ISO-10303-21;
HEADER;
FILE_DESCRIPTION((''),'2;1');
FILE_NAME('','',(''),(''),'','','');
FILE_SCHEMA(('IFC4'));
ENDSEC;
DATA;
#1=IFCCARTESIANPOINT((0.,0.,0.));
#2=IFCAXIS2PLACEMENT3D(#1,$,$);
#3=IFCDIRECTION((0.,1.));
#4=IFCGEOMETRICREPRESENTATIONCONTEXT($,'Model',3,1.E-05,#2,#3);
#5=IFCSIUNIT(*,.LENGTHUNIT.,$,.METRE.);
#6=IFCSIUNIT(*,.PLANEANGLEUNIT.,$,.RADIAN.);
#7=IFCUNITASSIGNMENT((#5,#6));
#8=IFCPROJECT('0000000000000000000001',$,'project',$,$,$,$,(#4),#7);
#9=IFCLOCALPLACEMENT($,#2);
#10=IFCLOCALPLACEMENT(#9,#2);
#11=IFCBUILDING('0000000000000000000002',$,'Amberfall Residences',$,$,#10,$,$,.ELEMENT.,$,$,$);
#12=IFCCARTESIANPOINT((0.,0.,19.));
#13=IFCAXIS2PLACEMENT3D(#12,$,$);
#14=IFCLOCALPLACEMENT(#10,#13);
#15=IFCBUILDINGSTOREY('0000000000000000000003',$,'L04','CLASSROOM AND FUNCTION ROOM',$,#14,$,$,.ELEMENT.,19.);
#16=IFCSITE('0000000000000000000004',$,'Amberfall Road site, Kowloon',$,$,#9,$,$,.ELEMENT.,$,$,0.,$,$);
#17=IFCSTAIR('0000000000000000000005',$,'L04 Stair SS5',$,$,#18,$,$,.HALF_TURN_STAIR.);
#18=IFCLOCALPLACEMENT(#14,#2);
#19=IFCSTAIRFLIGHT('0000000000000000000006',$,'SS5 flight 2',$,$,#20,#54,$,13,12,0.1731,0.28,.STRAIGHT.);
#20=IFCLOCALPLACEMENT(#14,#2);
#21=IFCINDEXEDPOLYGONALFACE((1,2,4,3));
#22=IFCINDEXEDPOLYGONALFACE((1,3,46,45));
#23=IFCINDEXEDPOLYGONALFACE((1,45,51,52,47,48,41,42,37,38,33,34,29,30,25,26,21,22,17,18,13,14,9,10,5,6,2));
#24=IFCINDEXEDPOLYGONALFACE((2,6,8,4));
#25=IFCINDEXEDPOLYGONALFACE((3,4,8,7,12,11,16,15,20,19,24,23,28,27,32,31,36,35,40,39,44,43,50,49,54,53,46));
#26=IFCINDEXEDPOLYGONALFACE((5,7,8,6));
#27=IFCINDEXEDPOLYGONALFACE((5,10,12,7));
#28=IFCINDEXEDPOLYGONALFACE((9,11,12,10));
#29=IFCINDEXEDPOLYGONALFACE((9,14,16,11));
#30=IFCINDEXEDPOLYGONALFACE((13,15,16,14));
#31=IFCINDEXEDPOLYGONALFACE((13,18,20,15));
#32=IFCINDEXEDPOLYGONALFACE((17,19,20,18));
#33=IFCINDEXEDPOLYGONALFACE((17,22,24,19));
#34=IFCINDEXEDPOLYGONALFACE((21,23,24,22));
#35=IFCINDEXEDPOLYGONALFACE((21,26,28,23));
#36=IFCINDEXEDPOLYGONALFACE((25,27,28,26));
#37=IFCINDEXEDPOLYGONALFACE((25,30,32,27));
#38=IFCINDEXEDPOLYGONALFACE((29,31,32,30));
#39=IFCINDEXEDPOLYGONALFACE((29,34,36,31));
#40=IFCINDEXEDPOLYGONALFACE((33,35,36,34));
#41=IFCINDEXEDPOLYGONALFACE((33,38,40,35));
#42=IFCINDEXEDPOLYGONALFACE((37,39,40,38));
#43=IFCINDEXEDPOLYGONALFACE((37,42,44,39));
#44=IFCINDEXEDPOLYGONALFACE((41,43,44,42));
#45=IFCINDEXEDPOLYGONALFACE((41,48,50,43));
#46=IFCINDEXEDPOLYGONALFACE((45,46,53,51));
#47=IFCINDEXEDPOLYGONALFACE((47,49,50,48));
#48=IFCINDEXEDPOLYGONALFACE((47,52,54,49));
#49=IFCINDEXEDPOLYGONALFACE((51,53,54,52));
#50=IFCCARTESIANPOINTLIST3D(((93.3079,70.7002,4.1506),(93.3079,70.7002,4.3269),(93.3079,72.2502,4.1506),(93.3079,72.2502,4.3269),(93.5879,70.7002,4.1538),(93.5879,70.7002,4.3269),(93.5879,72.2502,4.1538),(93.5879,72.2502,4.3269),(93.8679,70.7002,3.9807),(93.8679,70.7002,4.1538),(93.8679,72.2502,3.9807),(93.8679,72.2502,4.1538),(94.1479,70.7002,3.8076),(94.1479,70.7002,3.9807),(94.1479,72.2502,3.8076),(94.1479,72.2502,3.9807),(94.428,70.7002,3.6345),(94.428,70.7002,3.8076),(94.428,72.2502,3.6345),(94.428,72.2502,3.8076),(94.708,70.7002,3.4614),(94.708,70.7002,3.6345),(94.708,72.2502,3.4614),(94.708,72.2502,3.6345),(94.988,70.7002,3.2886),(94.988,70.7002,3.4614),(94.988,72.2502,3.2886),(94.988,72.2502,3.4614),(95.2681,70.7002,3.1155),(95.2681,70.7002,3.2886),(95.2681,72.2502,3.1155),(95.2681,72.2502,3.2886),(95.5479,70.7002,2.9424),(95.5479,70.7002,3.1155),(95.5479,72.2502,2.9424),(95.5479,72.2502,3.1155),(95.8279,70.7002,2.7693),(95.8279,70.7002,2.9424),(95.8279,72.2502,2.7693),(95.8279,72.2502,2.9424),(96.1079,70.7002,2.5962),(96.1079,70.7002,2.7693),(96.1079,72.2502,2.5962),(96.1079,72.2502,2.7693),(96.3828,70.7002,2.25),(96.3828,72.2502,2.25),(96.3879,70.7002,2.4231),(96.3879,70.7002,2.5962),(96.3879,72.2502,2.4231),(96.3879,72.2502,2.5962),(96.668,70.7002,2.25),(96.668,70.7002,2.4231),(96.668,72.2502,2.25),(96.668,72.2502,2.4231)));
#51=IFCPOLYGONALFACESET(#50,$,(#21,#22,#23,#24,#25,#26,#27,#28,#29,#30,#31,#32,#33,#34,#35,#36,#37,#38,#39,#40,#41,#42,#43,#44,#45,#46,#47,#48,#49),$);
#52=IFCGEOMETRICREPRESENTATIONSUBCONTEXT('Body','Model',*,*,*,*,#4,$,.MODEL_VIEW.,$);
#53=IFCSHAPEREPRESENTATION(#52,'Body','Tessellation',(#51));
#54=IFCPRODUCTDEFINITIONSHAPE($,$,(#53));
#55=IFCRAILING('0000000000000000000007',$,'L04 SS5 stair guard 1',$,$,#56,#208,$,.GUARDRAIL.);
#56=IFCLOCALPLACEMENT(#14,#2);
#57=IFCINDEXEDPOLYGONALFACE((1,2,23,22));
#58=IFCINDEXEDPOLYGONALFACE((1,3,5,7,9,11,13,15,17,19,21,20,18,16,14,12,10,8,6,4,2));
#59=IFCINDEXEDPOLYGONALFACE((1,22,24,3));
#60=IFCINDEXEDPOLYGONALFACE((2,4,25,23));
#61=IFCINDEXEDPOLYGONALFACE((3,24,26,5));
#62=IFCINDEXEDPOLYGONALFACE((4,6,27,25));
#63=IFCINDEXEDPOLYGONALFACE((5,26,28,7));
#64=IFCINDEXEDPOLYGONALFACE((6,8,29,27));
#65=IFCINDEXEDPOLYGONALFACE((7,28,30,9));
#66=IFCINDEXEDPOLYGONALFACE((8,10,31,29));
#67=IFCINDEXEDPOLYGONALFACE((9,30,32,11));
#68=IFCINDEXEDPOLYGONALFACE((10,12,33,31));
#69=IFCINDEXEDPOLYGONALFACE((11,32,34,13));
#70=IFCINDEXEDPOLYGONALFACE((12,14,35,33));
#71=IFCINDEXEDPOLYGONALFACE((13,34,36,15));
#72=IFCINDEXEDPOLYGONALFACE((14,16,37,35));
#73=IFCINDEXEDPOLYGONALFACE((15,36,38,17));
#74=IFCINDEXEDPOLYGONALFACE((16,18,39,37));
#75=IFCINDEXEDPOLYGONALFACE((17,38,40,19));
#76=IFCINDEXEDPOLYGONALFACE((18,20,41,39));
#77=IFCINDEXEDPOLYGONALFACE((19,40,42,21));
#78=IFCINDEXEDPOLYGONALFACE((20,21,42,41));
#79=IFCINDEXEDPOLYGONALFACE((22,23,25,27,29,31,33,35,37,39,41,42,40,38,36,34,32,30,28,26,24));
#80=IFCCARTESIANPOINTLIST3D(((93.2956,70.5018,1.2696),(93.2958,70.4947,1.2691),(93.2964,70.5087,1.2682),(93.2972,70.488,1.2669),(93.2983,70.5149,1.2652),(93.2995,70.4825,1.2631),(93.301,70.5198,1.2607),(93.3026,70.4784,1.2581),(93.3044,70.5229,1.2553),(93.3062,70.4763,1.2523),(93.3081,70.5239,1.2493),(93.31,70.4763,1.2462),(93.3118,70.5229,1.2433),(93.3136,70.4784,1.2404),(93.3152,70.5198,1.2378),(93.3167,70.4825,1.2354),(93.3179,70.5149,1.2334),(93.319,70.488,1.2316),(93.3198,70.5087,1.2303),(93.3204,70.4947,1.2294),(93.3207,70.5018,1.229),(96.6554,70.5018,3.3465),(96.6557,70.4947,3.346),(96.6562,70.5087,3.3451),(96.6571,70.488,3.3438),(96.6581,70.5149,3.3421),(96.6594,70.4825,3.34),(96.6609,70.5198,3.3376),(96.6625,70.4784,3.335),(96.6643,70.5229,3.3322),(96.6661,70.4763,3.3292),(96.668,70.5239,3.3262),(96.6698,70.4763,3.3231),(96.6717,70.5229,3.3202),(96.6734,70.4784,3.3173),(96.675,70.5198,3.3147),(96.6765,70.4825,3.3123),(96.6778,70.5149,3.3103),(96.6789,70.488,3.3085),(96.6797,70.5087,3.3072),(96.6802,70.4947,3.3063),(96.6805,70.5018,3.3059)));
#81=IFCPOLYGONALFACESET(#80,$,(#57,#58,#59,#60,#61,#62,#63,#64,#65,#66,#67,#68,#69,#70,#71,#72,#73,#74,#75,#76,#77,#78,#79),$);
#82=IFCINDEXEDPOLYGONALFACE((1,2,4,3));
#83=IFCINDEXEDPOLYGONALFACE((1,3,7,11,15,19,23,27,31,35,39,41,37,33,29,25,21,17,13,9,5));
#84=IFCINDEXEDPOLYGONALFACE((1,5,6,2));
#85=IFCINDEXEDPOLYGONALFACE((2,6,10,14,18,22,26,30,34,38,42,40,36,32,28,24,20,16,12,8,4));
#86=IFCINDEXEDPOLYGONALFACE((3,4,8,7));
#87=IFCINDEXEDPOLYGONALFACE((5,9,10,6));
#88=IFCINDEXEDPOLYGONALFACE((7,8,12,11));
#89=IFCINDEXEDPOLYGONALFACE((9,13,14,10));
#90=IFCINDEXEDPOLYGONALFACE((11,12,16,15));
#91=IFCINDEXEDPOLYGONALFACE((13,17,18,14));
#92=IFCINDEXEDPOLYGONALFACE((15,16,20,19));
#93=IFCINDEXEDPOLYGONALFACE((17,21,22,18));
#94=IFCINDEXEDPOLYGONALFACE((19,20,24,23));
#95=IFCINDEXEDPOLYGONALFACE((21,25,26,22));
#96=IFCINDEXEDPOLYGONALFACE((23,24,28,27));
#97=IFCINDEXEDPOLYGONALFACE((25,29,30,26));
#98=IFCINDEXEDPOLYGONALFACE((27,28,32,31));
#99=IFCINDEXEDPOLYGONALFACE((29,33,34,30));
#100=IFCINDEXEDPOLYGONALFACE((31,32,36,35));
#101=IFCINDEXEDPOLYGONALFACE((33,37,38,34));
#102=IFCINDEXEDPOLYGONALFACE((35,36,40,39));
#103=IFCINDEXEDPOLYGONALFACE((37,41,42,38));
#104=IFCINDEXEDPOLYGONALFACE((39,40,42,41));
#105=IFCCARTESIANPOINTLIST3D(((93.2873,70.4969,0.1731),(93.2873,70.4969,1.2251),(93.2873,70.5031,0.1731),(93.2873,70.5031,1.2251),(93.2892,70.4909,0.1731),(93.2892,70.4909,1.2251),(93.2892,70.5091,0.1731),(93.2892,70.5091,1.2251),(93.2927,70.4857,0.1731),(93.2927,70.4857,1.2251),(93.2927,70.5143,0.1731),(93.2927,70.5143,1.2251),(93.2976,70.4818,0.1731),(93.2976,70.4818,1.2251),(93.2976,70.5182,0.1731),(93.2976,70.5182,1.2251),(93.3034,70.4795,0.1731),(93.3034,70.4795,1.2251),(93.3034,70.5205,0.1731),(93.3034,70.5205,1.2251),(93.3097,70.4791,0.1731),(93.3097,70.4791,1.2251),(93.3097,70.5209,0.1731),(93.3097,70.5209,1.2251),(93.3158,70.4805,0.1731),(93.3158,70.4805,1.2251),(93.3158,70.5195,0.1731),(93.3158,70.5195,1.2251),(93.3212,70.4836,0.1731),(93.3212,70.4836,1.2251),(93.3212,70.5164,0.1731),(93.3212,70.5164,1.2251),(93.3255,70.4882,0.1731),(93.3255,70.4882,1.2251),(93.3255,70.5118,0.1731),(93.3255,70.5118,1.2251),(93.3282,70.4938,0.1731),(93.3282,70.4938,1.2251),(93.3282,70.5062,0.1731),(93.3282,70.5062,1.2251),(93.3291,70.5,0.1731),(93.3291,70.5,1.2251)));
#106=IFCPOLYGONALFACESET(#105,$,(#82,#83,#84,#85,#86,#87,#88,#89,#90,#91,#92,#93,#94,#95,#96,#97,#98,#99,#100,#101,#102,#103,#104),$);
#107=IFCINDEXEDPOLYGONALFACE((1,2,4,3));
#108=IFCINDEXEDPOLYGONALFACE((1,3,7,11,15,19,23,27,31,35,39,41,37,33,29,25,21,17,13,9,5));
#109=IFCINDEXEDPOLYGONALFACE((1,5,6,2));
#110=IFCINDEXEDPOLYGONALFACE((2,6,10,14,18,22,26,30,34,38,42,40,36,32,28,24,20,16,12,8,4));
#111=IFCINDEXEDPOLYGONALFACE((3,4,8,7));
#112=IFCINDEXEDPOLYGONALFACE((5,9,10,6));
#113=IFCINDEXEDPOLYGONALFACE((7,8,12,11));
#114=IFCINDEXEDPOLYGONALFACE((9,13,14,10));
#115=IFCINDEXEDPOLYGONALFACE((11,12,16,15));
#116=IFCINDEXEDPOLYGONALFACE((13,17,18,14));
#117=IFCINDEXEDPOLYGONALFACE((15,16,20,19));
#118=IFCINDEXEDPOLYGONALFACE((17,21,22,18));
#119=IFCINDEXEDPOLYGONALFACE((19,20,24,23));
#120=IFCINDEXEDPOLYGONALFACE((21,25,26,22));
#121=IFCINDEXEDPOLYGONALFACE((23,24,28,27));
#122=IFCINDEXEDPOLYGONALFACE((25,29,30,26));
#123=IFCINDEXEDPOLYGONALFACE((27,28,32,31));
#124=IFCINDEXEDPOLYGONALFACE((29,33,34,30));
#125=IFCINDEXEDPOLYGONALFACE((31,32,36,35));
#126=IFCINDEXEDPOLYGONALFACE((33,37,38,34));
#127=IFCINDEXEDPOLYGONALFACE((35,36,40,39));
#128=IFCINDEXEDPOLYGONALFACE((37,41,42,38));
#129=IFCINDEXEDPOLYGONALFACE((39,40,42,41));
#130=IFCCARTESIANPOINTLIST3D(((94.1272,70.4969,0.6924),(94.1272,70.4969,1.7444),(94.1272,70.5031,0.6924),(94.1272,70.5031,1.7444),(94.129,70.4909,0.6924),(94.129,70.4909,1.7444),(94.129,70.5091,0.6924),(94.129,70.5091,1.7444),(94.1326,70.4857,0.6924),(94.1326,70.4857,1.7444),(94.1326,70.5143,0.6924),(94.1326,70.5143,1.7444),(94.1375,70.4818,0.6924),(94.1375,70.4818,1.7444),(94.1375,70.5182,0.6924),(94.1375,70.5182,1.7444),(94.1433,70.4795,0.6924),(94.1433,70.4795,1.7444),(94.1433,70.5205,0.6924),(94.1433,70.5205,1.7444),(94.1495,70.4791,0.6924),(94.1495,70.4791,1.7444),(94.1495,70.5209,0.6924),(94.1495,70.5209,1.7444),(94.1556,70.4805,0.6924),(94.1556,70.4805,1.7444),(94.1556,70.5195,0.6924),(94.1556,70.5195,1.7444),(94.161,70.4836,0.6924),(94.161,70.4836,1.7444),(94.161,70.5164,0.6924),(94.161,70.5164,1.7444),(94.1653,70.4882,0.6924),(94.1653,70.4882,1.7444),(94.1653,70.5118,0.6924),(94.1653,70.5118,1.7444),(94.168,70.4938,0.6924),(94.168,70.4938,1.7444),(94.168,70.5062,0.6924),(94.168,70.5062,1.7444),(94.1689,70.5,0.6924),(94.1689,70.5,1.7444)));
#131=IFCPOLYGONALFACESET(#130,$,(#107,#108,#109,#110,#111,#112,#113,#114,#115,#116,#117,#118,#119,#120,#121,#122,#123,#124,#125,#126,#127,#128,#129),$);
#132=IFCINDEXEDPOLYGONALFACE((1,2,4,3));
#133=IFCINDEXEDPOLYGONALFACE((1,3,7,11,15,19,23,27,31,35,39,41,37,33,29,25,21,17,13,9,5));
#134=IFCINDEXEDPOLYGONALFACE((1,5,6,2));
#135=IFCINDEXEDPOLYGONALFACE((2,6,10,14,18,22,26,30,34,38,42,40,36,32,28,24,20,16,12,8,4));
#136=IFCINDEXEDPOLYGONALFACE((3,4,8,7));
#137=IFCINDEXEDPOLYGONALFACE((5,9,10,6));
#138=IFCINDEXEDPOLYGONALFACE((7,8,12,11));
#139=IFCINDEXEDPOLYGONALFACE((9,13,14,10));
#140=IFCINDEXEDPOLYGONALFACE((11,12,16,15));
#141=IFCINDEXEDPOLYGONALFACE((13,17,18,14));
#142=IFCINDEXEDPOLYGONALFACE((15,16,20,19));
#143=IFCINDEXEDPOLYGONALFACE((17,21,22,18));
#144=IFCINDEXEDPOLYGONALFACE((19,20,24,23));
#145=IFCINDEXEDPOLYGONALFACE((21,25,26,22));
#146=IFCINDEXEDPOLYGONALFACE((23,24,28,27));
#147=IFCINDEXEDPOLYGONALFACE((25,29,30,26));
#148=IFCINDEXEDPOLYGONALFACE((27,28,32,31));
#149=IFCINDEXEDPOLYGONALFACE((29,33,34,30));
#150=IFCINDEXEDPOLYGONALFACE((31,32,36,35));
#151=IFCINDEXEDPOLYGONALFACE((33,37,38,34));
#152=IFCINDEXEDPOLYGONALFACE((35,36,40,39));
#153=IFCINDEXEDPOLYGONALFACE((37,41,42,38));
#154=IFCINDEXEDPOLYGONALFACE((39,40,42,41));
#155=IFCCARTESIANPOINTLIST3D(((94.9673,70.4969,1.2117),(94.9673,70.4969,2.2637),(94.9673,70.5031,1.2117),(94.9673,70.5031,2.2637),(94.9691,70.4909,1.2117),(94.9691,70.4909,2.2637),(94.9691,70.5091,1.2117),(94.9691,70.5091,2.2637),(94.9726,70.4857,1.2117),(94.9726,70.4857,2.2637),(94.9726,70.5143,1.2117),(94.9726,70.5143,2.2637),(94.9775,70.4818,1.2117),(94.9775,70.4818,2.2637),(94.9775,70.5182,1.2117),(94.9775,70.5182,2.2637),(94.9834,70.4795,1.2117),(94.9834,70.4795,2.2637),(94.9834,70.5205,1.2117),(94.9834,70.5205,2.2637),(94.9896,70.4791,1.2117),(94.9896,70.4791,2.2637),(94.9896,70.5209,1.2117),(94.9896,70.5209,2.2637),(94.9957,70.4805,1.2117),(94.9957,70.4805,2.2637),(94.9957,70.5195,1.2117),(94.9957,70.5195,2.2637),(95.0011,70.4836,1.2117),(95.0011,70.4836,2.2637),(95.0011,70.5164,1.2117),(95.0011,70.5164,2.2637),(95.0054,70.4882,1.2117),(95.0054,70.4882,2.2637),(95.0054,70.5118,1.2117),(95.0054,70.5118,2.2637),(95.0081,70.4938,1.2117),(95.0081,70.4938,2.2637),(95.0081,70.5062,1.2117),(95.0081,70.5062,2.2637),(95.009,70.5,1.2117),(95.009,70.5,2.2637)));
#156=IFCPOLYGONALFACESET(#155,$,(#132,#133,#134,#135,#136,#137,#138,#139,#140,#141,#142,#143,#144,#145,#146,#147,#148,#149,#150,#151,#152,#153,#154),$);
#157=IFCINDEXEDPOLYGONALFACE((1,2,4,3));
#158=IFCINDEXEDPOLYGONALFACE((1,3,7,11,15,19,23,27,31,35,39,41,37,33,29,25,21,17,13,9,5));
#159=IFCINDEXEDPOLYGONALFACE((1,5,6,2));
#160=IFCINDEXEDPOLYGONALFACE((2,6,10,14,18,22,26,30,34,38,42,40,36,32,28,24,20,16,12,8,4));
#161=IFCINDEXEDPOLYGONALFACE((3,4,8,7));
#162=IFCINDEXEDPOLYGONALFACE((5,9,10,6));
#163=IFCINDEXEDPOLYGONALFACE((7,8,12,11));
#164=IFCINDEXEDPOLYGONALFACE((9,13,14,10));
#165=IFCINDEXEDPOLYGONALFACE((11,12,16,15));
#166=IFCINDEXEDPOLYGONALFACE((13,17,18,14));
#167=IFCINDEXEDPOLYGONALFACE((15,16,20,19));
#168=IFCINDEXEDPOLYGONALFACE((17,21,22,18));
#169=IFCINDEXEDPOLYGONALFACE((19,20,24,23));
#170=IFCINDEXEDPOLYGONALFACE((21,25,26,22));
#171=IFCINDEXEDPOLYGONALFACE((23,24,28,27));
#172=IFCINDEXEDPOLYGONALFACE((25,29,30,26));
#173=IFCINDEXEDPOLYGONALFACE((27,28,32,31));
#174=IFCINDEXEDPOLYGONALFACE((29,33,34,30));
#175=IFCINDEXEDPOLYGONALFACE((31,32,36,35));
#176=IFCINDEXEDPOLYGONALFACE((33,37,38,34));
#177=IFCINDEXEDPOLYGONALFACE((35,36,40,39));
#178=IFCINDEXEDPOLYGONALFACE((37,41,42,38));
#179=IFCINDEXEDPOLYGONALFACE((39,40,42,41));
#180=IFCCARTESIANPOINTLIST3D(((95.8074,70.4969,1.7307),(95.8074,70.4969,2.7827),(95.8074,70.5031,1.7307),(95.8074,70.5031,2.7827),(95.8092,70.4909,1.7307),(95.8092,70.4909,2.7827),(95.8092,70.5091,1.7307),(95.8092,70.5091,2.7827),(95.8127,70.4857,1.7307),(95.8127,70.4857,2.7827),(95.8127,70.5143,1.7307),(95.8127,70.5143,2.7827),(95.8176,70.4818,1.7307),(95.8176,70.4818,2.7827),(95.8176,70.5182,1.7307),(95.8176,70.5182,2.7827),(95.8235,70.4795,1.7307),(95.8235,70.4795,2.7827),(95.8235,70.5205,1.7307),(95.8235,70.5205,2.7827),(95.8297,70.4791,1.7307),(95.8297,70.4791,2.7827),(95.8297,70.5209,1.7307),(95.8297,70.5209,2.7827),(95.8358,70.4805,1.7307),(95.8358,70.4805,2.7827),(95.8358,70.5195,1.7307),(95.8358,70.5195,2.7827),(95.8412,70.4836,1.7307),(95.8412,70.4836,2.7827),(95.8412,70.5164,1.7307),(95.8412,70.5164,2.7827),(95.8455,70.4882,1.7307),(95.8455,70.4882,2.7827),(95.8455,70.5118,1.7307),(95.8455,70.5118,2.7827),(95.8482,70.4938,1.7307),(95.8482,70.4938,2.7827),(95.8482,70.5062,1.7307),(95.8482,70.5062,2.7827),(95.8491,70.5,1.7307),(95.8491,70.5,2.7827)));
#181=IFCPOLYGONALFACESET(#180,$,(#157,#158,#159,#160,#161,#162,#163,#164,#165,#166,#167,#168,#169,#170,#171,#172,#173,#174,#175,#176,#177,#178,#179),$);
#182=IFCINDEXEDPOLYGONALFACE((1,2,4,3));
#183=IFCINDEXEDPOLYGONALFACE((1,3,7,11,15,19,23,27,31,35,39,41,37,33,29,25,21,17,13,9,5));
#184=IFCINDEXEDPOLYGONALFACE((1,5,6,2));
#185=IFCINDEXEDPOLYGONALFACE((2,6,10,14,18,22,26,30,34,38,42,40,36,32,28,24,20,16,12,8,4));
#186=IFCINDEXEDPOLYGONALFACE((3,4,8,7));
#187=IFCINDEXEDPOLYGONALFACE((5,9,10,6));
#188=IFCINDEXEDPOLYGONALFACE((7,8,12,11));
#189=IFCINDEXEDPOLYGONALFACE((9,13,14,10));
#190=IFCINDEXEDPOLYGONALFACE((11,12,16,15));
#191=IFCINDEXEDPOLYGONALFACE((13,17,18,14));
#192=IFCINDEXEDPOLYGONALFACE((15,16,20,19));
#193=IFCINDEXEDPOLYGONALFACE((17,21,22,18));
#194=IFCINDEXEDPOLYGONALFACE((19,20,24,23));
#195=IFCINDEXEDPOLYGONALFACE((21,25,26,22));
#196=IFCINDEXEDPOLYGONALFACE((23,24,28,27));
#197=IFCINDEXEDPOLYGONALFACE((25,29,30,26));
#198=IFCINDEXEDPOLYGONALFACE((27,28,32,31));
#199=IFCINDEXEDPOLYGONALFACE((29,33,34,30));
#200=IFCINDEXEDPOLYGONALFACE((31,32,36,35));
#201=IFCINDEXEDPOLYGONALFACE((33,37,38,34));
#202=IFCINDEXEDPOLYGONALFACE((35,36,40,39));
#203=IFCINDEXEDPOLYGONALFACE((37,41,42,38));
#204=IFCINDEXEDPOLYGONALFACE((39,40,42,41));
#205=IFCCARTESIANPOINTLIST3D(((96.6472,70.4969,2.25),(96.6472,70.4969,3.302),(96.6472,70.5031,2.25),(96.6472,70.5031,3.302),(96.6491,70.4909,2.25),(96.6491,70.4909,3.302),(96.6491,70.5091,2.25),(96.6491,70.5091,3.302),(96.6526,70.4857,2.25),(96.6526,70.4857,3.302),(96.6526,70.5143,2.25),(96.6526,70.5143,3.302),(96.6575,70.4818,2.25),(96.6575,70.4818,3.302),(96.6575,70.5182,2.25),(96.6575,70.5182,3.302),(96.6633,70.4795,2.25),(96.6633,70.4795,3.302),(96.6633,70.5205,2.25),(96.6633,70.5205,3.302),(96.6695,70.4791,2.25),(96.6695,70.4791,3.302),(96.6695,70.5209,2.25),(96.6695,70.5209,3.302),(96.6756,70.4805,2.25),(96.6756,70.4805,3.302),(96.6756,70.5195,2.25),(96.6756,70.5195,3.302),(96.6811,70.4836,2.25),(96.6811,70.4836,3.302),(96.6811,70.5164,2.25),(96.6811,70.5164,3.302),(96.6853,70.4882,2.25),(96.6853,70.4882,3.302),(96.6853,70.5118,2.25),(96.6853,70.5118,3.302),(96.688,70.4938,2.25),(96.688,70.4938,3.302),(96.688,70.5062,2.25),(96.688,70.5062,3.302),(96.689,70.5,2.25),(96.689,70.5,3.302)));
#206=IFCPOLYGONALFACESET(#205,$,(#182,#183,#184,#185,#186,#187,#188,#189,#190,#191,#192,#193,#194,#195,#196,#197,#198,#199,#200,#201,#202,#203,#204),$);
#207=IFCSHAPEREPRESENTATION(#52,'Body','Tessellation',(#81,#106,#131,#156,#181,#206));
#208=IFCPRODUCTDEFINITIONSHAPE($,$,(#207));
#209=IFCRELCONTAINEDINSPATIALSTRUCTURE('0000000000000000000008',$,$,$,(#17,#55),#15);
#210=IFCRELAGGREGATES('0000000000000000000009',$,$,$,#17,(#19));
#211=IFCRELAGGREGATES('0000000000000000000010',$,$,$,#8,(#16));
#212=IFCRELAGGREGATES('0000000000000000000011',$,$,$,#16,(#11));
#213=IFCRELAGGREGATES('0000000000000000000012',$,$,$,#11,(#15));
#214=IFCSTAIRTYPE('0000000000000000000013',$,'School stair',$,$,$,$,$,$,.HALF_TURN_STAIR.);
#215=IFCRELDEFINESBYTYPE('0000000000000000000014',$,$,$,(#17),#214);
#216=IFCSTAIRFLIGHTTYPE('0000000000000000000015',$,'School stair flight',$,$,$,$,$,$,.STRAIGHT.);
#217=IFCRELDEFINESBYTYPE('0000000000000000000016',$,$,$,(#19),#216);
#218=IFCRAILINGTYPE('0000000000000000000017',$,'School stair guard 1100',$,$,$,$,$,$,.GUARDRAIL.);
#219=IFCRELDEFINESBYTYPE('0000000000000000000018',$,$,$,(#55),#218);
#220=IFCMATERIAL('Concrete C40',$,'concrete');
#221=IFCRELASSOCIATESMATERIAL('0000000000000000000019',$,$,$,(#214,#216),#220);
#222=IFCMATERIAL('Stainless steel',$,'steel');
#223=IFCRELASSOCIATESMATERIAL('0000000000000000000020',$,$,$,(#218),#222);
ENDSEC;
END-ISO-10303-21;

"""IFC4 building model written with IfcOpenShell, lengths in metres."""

from ifc_helpers import new_model, si_unit, direction, frame, origin, origin_2d, place, context, subcontext, project, spatial, polyline, circle, outline, extrude, material, type_object, element, aggregate, save


model = new_model("IFC4")

# Units and contexts
model_context = context("Model", 3, precision=1e-05, world=origin(), true_north=direction((0.0, 1.0)))
body_context = subcontext(model_context, "Body", "Model", "MODEL_VIEW")
ifc_project = project(units=[si_unit("LENGTHUNIT", "METRE"), si_unit("PLANEANGLEUNIT", "RADIAN")], contexts=[model_context])

# Site, building, storey
site_placement = place(None, origin())
site = spatial("IfcSite", under=ifc_project, at=site_placement, Name="Amberfall Road site, Kowloon", CompositionType="ELEMENT", RefElevation=0.0)
building_placement = place(site_placement, origin())
building = spatial("IfcBuilding", under=site, at=building_placement, Name="Amberfall Residences", CompositionType="ELEMENT")
storey_placement = place(building_placement, frame((0.0, 0.0, 19.0)))
storey = spatial("IfcBuildingStorey", under=building, at=storey_placement, Name="L04", Description="CLASSROOM AND FUNCTION ROOM", CompositionType="ELEMENT", Elevation=19.0)

# Shared definitions
ifc_material_1 = material(Name="Concrete C40", Category="concrete")

# Stair, stair flight
stair_type = type_object("IfcStairType", Name="School stair", PredefinedType="HALF_TURN_STAIR", material=ifc_material_1)
stair_placement = place(storey_placement, origin())
stair = element("IfcStair", 1, at=stair_placement, inside=storey, type_object=stair_type, Name="L04 Stair SS5", PredefinedType="HALF_TURN_STAIR")
stair_flight_type = type_object("IfcStairFlightType", Name="School stair flight", PredefinedType="STRAIGHT", material=ifc_material_1)
stair_flight_1_placement = place(storey_placement, frame((96.668, 71.4751, 2.25), z_axis=(0.0, 0.0, 1.0), x_axis=(-1.0, 0.0, 0.0)))
stair_flight_1 = element("IfcStairFlight", 2, at=stair_flight_1_placement, type_object=stair_flight_type, Name="SS5 flight 2", NumberOfRisers=13, NumberOfTreads=12, PredefinedType="STRAIGHT", RiserHeight=0.1731, TreadLength=0.28, context=body_context, shape_type="SweptSolid", body=[
    extrude(outline(polyline([(0.0, 0.0), (0.0, 0.1731), (0.28, 0.1731), (0.28, 0.3462), (0.5601, 0.3462), (0.5601, 0.5193), (0.8401, 0.5193), (0.8401, 0.6924), (1.1201, 0.6924), (1.1201, 0.8655), (1.3999, 0.8655), (1.3999, 1.0386), (1.6799, 1.0386), (1.6799, 1.2114), (1.96, 1.2114), (1.96, 1.3845), (2.24, 1.3845), (2.24, 1.5576), (2.52, 1.5576), (2.52, 1.7307), (2.8, 1.7307), (2.8, 1.9038), (3.0801, 1.9038), (3.0801, 2.0769), (3.3601, 2.0769), (3.3601, 2.25), (3.3601, 1.9006), (0.2852, 0.0), (0.0, 0.0)])), frame((0.0, 0.7749, 0.0), z_axis=(0.0, -1.0, 0.0), x_axis=(1.0, 0.0, 0.0)), (0.0, 0.0, 1.0), 1.55),
])
aggregate(stair, [stair_flight_1])

# Railing
ifc_material_2 = material(Name="Stainless steel", Category="steel")
railing_type_1 = type_object("IfcRailingType", Name="School stair guard 1100", PredefinedType="GUARDRAIL", material=ifc_material_2)
railing_1_placement = place(storey_placement, frame((93.3081, 70.5, 0.1731)))
element("IfcRailing", 3, at=railing_1_placement, inside=storey, type_object=railing_type_1, Name="L04 SS5 stair guard 1", PredefinedType="GUARDRAIL", context=body_context, shape_type="SweptSolid", body=[
    extrude(circle(Radius=0.0239, at=origin_2d()), frame((0.0, 0.0, 1.0762), z_axis=(0.850606, 0.0, 0.525803), x_axis=(0.0, 1.0, 0.0)), (0.0, 0.0, 1.0), 3.95),
    extrude(circle(Radius=0.021, at=origin_2d()), origin(), (0.0, 0.0, 1.0), 1.052),
    extrude(circle(Radius=0.021, at=origin_2d()), frame((0.8398, 0.0, 0.5193)), (0.0, 0.0, 1.0), 1.052),
    extrude(circle(Radius=0.021, at=origin_2d()), frame((1.6799, 0.0, 1.0386)), (0.0, 0.0, 1.0), 1.052),
    extrude(circle(Radius=0.021, at=origin_2d()), frame((2.52, 0.0, 1.5576)), (0.0, 0.0, 1.0), 1.052),
    extrude(circle(Radius=0.021, at=origin_2d()), frame((3.3599, 0.0, 2.0769)), (0.0, 0.0, 1.0), 1.052),
])

save(model, "model.ifc")
